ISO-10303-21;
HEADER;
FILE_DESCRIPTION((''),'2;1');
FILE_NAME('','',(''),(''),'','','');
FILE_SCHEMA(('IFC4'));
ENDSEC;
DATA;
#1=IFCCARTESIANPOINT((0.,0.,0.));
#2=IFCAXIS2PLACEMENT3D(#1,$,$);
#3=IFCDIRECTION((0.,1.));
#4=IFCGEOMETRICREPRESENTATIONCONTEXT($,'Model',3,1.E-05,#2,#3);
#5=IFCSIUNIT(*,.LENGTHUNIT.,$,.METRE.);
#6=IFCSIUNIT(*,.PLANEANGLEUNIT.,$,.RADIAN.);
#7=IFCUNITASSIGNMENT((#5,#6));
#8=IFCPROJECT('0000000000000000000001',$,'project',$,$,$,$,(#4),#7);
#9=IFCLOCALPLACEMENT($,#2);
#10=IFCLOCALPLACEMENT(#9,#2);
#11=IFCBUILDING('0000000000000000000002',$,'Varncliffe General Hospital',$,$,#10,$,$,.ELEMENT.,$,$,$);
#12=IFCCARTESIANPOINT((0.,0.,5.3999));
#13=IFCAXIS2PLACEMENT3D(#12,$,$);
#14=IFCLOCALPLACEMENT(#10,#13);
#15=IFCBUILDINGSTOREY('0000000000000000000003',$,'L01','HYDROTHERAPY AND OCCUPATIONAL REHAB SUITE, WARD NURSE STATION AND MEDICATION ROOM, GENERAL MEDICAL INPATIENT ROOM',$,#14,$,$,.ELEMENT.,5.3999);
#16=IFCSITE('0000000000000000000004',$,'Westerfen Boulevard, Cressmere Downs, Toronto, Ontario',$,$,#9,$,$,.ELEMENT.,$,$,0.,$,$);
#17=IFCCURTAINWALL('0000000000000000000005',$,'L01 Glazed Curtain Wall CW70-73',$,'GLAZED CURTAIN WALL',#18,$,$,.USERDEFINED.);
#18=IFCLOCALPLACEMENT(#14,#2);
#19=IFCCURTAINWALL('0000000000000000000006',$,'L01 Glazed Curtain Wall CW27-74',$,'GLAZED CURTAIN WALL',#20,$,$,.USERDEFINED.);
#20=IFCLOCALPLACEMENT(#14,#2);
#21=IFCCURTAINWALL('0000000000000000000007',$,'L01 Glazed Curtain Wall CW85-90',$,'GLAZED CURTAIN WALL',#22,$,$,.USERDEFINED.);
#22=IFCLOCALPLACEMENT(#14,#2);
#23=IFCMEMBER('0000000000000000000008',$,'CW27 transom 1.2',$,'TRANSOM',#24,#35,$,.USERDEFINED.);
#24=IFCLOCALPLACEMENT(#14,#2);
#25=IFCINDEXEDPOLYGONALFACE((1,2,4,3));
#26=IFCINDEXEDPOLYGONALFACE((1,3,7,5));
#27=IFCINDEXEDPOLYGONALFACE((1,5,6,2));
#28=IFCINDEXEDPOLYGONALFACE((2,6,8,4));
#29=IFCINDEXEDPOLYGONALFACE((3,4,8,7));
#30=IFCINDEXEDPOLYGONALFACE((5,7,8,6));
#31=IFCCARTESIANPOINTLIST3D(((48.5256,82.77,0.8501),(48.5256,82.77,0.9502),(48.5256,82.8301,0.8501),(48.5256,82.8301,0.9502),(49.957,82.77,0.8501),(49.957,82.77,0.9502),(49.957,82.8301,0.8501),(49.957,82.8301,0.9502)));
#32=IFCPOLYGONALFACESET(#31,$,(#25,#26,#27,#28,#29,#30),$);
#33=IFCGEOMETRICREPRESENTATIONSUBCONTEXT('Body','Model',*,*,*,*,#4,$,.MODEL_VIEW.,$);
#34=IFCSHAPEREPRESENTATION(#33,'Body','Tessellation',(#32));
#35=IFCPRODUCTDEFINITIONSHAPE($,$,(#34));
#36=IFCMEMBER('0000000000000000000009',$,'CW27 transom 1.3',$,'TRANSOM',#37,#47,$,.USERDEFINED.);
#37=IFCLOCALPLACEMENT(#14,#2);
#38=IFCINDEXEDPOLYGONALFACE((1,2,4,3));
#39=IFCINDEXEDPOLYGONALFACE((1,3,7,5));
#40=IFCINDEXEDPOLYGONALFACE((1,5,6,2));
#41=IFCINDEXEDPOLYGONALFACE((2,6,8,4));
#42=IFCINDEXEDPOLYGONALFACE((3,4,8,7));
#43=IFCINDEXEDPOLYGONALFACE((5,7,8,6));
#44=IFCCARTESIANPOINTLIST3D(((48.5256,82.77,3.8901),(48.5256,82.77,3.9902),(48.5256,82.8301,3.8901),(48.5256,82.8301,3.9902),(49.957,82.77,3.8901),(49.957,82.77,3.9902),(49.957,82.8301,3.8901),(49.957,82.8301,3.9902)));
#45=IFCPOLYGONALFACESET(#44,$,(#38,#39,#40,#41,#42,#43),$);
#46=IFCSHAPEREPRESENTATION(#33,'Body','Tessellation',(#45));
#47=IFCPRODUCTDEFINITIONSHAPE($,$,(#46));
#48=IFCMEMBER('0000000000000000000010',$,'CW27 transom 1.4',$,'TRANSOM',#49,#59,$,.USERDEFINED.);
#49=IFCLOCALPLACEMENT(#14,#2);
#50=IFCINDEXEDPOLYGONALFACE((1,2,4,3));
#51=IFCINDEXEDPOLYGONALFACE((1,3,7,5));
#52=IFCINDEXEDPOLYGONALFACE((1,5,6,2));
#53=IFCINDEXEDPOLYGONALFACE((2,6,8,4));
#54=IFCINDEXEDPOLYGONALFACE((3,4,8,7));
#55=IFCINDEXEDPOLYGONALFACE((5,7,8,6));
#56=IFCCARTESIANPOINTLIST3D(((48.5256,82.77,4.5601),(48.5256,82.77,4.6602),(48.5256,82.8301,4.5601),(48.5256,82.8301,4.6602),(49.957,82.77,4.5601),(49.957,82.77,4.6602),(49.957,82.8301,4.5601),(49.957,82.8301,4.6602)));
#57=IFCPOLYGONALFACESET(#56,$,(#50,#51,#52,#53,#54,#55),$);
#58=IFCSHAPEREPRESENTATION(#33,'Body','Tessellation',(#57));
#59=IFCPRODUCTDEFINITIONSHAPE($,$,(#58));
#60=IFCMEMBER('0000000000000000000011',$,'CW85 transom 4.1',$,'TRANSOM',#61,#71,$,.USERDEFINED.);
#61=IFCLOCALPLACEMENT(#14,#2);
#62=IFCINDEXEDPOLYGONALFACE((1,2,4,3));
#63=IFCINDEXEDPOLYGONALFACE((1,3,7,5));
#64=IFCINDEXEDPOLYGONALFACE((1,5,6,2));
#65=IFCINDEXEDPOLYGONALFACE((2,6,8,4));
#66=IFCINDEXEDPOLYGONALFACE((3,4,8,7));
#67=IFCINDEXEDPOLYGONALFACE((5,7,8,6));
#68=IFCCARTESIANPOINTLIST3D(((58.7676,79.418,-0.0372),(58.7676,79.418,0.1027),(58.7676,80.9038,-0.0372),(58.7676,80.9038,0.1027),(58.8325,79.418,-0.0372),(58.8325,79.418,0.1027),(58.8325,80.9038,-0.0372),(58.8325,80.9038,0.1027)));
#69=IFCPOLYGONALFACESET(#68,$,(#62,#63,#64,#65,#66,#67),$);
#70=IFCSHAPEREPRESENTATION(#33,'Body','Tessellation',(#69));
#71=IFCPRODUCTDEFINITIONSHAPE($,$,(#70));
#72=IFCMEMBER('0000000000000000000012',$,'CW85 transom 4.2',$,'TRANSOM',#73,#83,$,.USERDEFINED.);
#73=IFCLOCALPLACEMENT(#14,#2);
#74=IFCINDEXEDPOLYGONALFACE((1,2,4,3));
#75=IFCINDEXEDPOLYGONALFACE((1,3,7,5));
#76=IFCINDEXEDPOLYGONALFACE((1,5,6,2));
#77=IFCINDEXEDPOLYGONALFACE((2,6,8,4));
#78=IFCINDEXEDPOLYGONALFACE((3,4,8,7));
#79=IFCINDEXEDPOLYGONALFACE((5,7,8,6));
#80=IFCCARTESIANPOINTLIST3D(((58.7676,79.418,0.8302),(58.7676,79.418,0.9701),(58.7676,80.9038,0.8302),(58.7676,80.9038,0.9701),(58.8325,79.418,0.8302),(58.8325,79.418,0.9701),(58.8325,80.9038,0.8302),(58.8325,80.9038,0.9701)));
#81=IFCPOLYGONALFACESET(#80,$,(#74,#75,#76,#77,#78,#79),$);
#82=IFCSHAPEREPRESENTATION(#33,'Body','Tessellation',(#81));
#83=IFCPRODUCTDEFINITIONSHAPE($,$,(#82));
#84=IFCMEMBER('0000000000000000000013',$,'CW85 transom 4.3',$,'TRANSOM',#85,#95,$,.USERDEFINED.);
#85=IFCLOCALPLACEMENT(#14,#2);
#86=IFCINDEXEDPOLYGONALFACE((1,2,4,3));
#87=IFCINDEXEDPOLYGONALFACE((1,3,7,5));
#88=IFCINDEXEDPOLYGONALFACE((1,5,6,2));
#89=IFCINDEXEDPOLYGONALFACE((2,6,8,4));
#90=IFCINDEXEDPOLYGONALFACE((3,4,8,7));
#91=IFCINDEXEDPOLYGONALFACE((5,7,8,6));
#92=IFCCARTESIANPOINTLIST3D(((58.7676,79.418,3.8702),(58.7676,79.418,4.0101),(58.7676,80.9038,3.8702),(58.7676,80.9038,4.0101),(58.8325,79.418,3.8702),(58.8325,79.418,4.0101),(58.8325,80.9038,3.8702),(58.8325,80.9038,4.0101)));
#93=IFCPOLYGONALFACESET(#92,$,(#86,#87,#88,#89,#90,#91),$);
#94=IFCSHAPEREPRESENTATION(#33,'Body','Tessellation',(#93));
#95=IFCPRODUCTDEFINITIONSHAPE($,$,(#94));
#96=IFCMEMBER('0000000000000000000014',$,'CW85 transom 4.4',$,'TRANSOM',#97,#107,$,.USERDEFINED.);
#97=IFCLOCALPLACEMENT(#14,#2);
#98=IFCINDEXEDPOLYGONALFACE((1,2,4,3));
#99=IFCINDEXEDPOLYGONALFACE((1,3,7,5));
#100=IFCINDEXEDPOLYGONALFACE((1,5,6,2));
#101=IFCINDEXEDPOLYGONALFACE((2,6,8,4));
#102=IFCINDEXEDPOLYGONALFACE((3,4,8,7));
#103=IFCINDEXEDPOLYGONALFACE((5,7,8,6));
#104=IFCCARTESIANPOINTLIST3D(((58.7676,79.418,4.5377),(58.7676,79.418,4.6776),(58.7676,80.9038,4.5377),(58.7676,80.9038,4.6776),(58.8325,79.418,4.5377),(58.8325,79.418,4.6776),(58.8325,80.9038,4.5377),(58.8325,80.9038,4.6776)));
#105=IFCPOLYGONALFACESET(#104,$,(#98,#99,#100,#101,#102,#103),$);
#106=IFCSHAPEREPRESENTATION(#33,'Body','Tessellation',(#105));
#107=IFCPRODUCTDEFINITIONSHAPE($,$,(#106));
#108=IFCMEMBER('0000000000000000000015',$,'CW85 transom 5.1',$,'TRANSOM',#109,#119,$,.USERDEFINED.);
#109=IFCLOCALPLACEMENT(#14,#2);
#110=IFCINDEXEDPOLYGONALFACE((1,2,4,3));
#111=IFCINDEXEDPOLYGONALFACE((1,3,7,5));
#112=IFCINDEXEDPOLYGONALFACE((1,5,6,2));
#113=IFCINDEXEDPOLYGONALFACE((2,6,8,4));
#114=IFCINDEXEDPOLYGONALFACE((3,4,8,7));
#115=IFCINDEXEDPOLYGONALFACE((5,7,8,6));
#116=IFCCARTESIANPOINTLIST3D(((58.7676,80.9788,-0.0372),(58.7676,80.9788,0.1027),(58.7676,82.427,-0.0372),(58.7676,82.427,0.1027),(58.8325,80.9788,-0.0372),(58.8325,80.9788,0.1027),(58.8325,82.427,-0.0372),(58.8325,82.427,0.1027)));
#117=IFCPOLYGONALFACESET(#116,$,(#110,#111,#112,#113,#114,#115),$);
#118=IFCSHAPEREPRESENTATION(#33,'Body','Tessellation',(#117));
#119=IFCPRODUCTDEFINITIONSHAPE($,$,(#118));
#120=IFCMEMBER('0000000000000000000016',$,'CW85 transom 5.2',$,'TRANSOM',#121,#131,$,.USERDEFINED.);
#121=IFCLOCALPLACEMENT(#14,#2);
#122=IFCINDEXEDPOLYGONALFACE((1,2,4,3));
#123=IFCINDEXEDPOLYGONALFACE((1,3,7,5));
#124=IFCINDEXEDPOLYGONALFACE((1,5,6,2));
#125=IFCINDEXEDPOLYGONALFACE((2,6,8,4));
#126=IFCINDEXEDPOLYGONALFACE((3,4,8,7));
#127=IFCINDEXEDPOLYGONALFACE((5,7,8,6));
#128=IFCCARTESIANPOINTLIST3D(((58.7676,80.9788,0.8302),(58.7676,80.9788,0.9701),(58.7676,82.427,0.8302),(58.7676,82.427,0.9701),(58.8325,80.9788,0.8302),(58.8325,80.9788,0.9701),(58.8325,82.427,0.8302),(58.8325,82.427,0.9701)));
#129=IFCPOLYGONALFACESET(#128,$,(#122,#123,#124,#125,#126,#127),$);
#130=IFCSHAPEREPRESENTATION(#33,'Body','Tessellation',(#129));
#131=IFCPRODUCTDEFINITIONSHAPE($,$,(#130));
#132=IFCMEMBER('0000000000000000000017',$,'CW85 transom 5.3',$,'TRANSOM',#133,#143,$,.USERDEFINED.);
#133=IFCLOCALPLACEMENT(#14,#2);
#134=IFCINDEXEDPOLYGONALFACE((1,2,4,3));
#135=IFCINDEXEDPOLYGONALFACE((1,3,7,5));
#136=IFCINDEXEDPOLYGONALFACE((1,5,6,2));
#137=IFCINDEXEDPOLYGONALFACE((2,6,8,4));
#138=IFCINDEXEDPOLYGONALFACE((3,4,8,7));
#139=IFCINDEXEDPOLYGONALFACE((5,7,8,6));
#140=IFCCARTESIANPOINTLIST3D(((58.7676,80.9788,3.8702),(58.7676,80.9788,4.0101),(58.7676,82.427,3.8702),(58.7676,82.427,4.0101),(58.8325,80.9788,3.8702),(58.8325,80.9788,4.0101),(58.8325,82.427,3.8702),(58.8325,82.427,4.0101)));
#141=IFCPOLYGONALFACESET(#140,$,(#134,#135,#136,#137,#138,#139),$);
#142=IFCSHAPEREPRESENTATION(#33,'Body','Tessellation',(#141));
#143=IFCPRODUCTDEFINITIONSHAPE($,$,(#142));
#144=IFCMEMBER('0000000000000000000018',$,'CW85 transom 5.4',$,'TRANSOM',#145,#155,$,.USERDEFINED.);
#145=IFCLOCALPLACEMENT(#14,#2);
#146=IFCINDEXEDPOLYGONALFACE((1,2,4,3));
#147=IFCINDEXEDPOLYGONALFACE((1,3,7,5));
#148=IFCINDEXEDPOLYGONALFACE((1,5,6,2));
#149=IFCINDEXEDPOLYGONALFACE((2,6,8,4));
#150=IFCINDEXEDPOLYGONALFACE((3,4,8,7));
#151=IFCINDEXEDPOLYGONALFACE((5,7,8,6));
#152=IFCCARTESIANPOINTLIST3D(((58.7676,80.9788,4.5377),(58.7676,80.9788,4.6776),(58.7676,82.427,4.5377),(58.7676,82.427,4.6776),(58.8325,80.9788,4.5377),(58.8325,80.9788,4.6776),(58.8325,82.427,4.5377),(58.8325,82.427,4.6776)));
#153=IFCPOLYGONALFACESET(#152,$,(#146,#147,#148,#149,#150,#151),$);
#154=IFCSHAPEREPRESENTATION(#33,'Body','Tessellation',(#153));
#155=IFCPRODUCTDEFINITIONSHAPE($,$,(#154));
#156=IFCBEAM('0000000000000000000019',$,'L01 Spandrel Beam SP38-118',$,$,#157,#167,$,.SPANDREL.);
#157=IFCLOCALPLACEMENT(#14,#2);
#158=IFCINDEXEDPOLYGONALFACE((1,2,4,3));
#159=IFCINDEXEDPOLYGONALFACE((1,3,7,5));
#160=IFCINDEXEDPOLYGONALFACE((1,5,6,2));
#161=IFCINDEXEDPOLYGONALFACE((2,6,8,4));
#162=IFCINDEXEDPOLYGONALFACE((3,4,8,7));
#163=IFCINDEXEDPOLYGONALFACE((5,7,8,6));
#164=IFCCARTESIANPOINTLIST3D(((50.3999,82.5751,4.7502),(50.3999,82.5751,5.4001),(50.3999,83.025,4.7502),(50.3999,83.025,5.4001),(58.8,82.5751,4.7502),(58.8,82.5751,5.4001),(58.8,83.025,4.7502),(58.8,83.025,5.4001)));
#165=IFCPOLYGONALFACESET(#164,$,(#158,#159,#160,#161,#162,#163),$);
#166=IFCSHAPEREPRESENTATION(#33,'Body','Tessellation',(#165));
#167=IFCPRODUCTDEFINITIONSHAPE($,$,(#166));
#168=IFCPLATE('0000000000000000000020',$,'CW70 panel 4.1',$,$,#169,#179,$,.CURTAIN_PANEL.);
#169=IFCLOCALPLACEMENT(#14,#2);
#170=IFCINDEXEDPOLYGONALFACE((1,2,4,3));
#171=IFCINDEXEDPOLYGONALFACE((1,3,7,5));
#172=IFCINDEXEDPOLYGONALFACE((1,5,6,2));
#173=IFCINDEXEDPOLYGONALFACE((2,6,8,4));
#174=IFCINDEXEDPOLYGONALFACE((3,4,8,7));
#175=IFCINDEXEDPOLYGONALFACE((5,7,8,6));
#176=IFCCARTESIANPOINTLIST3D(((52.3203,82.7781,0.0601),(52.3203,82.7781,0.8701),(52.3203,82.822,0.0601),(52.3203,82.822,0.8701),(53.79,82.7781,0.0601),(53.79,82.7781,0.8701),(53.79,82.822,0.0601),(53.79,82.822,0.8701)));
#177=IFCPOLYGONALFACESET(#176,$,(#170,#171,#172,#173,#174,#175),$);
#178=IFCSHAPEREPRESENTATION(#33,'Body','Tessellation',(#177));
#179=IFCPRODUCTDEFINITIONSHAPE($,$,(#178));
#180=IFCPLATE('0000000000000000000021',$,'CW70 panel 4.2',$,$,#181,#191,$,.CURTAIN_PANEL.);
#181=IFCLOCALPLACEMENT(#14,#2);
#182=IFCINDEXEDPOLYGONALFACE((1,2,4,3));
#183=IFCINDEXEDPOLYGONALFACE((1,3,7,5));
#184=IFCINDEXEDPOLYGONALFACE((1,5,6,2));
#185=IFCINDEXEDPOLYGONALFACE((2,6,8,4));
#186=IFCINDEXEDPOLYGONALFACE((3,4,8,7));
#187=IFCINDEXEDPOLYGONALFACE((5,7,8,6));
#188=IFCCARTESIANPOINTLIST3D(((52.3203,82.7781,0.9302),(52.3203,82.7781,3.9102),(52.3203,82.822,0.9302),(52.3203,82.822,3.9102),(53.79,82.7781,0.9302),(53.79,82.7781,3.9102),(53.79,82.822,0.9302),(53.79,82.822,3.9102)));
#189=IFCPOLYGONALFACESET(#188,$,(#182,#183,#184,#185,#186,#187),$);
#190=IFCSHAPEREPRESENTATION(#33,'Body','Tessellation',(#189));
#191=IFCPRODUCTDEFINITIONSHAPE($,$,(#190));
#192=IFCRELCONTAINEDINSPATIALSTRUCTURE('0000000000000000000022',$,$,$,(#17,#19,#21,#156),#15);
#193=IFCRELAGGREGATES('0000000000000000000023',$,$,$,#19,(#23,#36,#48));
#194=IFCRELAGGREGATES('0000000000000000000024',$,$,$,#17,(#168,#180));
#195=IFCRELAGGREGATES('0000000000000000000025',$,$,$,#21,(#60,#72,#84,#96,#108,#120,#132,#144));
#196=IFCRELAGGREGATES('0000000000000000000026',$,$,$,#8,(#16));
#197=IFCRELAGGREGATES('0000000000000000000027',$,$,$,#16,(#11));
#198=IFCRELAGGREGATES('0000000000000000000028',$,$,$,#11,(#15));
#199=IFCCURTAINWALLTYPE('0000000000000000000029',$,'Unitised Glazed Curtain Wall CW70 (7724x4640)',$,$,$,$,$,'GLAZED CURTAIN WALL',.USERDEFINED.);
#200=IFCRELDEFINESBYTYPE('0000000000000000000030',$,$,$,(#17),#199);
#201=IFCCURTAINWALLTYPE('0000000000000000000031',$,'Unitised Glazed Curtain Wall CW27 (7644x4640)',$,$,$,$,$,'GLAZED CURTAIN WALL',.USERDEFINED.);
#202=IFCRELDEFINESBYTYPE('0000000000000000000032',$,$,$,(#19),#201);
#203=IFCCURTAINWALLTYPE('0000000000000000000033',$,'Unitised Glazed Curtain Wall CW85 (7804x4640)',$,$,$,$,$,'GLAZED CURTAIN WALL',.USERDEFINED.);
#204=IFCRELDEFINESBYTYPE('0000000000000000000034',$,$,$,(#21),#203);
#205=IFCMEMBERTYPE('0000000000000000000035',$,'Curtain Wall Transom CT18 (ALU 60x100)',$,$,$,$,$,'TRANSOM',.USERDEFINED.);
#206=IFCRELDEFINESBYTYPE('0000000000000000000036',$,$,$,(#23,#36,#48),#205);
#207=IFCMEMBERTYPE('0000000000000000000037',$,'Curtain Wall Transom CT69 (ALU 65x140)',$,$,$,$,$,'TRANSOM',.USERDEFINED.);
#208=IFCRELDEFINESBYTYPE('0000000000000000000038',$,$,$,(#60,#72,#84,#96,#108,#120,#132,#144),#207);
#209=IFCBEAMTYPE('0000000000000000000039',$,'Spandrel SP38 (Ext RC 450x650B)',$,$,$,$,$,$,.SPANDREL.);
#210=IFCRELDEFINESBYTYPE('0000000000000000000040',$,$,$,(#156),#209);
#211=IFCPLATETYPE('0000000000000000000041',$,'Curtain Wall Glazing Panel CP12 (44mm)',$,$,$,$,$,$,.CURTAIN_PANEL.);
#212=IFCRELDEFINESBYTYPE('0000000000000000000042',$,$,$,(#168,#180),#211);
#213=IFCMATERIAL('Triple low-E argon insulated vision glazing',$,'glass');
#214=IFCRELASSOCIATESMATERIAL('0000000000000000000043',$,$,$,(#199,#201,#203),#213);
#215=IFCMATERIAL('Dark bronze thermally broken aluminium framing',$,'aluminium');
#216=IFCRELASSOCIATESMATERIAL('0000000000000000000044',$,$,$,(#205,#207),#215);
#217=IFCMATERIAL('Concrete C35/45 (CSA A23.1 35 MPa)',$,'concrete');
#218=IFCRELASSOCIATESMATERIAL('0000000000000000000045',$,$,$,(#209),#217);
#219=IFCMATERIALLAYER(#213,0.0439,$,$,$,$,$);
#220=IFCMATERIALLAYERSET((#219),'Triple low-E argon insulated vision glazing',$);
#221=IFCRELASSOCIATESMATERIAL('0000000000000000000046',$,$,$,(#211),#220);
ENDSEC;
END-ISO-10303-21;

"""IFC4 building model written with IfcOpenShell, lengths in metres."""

from ifc_helpers import new_model, si_unit, direction, frame, origin, origin_2d, place, context, subcontext, project, spatial, rectangle, extrude, material, layer, layer_set, material_profile, profile_set, type_object, element, aggregate, save


model = new_model("IFC4")

# Units and contexts
model_context = context("Model", 3, precision=1e-05, world=origin(), true_north=direction((0.0, 1.0)))
body_context = subcontext(model_context, "Body", "Model", "MODEL_VIEW")
ifc_project = project(units=[si_unit("LENGTHUNIT", "METRE"), si_unit("PLANEANGLEUNIT", "RADIAN")], contexts=[model_context])

# Site, building, storey
site_placement = place(None, origin())
site = spatial("IfcSite", under=ifc_project, at=site_placement, Name="Westerfen Boulevard, Cressmere Downs, Toronto, Ontario", CompositionType="ELEMENT", RefElevation=0.0)
building_placement = place(site_placement, origin())
building = spatial("IfcBuilding", under=site, at=building_placement, Name="Varncliffe General Hospital", CompositionType="ELEMENT")
storey_placement = place(building_placement, frame((0.0, 0.0, 5.3999)))
storey = spatial("IfcBuildingStorey", under=building, at=storey_placement, Name="L01", Description="HYDROTHERAPY AND OCCUPATIONAL REHAB SUITE, WARD NURSE STATION AND MEDICATION ROOM, GENERAL MEDICAL INPATIENT ROOM", CompositionType="ELEMENT", Elevation=5.3999)

# Shared definitions
ifc_material_1 = material(Name="Concrete C35/45 (CSA A23.1 35 MPa)", Category="concrete")

# Curtain wall
ifc_material_2 = material(Name="Triple low-E argon insulated vision glazing", Category="glass")
curtain_wall_type_1 = type_object("IfcCurtainWallType", Name="Unitised Glazed Curtain Wall CW70 (7724x4640)", ElementType="GLAZED CURTAIN WALL", PredefinedType="USERDEFINED", material=ifc_material_2)
curtain_wall_1_placement = place(storey_placement, origin())
curtain_wall_1 = element("IfcCurtainWall", 1, at=curtain_wall_1_placement, inside=storey, type_object=curtain_wall_type_1, Name="L01 Glazed Curtain Wall CW70-73", ObjectType="GLAZED CURTAIN WALL", PredefinedType="USERDEFINED")
ifc_material_3 = material(Name="Dark bronze thermally broken aluminium framing", Category="aluminium")

# Curtain wall
curtain_wall_type_2 = type_object("IfcCurtainWallType", Name="Unitised Glazed Curtain Wall CW27 (7644x4640)", ElementType="GLAZED CURTAIN WALL", PredefinedType="USERDEFINED", material=ifc_material_2)
curtain_wall_2_placement = place(storey_placement, origin())
curtain_wall_2 = element("IfcCurtainWall", 2, at=curtain_wall_2_placement, inside=storey, type_object=curtain_wall_type_2, Name="L01 Glazed Curtain Wall CW27-74", ObjectType="GLAZED CURTAIN WALL", PredefinedType="USERDEFINED")

# Curtain wall
curtain_wall_type_3 = type_object("IfcCurtainWallType", Name="Unitised Glazed Curtain Wall CW85 (7804x4640)", ElementType="GLAZED CURTAIN WALL", PredefinedType="USERDEFINED", material=ifc_material_2)
curtain_wall_3_placement = place(storey_placement, origin())
curtain_wall_3 = element("IfcCurtainWall", 3, at=curtain_wall_3_placement, inside=storey, type_object=curtain_wall_type_3, Name="L01 Glazed Curtain Wall CW85-90", ObjectType="GLAZED CURTAIN WALL", PredefinedType="USERDEFINED")

# Members
ifc_material_profile_1 = material_profile(ifc_material_3, rectangle(XDim=0.0601, YDim=0.1001, at=origin_2d()), Name="ALU 60x100")
ifc_profile_set_1 = profile_set([ifc_material_profile_1], Name="Dark bronze thermally broken aluminium framing")
member_type_1 = type_object("IfcMemberType", Name="Curtain Wall Transom CT18 (ALU 60x100)", ElementType="TRANSOM", PredefinedType="USERDEFINED", material=ifc_profile_set_1)
member_1_placement = place(storey_placement, frame((49.957, 82.8, 0.9001), z_axis=(-1.0, 0.0, 0.0), x_axis=(0.0, -1.0, 0.0)))
member_1 = element("IfcMember", 4, at=member_1_placement, type_object=member_type_1, Name="CW27 transom 1.2", ObjectType="TRANSOM", PredefinedType="USERDEFINED", context=body_context, shape_type="SweptSolid", body=[
    extrude(rectangle(XDim=0.0601, YDim=0.1001, at=origin_2d()), origin(), (0.0, 0.0, 1.0), 1.4314),
])
member_2_placement = place(storey_placement, frame((49.957, 82.8, 3.9402), z_axis=(-1.0, 0.0, 0.0), x_axis=(0.0, -1.0, 0.0)))
member_2 = element("IfcMember", 5, at=member_2_placement, type_object=member_type_1, Name="CW27 transom 1.3", ObjectType="TRANSOM", PredefinedType="USERDEFINED", context=body_context, shape_type="SweptSolid", body=[
    extrude(rectangle(XDim=0.0601, YDim=0.1001, at=origin_2d()), origin(), (0.0, 0.0, 1.0), 1.4314),
])
member_3_placement = place(storey_placement, frame((49.957, 82.8, 4.6101), z_axis=(-1.0, 0.0, 0.0), x_axis=(0.0, -1.0, 0.0)))
member_3 = element("IfcMember", 6, at=member_3_placement, type_object=member_type_1, Name="CW27 transom 1.4", ObjectType="TRANSOM", PredefinedType="USERDEFINED", context=body_context, shape_type="SweptSolid", body=[
    extrude(rectangle(XDim=0.0601, YDim=0.1001, at=origin_2d()), origin(), (0.0, 0.0, 1.0), 1.4314),
])
aggregate(curtain_wall_2, [member_1, member_2, member_3])
ifc_material_profile_2 = material_profile(ifc_material_3, rectangle(XDim=0.0649, YDim=0.1399, at=origin_2d()), Name="ALU 65x140")
ifc_profile_set_2 = profile_set([ifc_material_profile_2], Name="Dark bronze thermally broken aluminium framing")
member_type_2 = type_object("IfcMemberType", Name="Curtain Wall Transom CT69 (ALU 65x140)", ElementType="TRANSOM", PredefinedType="USERDEFINED", material=ifc_profile_set_2)
member_4_placement = place(storey_placement, frame((58.8, 79.418, 0.0327), z_axis=(0.0, 1.0, 0.0), x_axis=(-1.0, 0.0, 0.0)))
member_4 = element("IfcMember", 7, at=member_4_placement, type_object=member_type_2, Name="CW85 transom 4.1", ObjectType="TRANSOM", PredefinedType="USERDEFINED", context=body_context, shape_type="SweptSolid", body=[
    extrude(rectangle(XDim=0.0649, YDim=0.1399, at=origin_2d()), origin(), (0.0, 0.0, 1.0), 1.4858),
])
member_5_placement = place(storey_placement, frame((58.8, 79.418, 0.9001), z_axis=(0.0, 1.0, 0.0), x_axis=(-1.0, 0.0, 0.0)))
member_5 = element("IfcMember", 8, at=member_5_placement, type_object=member_type_2, Name="CW85 transom 4.2", ObjectType="TRANSOM", PredefinedType="USERDEFINED", context=body_context, shape_type="SweptSolid", body=[
    extrude(rectangle(XDim=0.0649, YDim=0.1399, at=origin_2d()), origin(), (0.0, 0.0, 1.0), 1.4858),
])
member_6_placement = place(storey_placement, frame((58.8, 79.418, 3.9402), z_axis=(0.0, 1.0, 0.0), x_axis=(-1.0, 0.0, 0.0)))
member_6 = element("IfcMember", 9, at=member_6_placement, type_object=member_type_2, Name="CW85 transom 4.3", ObjectType="TRANSOM", PredefinedType="USERDEFINED", context=body_context, shape_type="SweptSolid", body=[
    extrude(rectangle(XDim=0.0649, YDim=0.1399, at=origin_2d()), origin(), (0.0, 0.0, 1.0), 1.4858),
])
member_7_placement = place(storey_placement, frame((58.8, 79.418, 4.6077), z_axis=(0.0, 1.0, 0.0), x_axis=(-1.0, 0.0, 0.0)))
member_7 = element("IfcMember", 10, at=member_7_placement, type_object=member_type_2, Name="CW85 transom 4.4", ObjectType="TRANSOM", PredefinedType="USERDEFINED", context=body_context, shape_type="SweptSolid", body=[
    extrude(rectangle(XDim=0.0649, YDim=0.1399, at=origin_2d()), origin(), (0.0, 0.0, 1.0), 1.4858),
])
member_8_placement = place(storey_placement, frame((58.8, 80.9788, 0.0327), z_axis=(0.0, 1.0, 0.0), x_axis=(-1.0, 0.0, 0.0)))
member_8 = element("IfcMember", 11, at=member_8_placement, type_object=member_type_2, Name="CW85 transom 5.1", ObjectType="TRANSOM", PredefinedType="USERDEFINED", context=body_context, shape_type="SweptSolid", body=[
    extrude(rectangle(XDim=0.0649, YDim=0.1399, at=origin_2d()), origin(), (0.0, 0.0, 1.0), 1.4482),
])
member_9_placement = place(storey_placement, frame((58.8, 80.9788, 0.9001), z_axis=(0.0, 1.0, 0.0), x_axis=(-1.0, 0.0, 0.0)))
member_9 = element("IfcMember", 12, at=member_9_placement, type_object=member_type_2, Name="CW85 transom 5.2", ObjectType="TRANSOM", PredefinedType="USERDEFINED", context=body_context, shape_type="SweptSolid", body=[
    extrude(rectangle(XDim=0.0649, YDim=0.1399, at=origin_2d()), origin(), (0.0, 0.0, 1.0), 1.4482),
])
member_10_placement = place(storey_placement, frame((58.8, 80.9788, 3.9402), z_axis=(0.0, 1.0, 0.0), x_axis=(-1.0, 0.0, 0.0)))
member_10 = element("IfcMember", 13, at=member_10_placement, type_object=member_type_2, Name="CW85 transom 5.3", ObjectType="TRANSOM", PredefinedType="USERDEFINED", context=body_context, shape_type="SweptSolid", body=[
    extrude(rectangle(XDim=0.0649, YDim=0.1399, at=origin_2d()), origin(), (0.0, 0.0, 1.0), 1.4482),
])
member_11_placement = place(storey_placement, frame((58.8, 80.9788, 4.6077), z_axis=(0.0, 1.0, 0.0), x_axis=(-1.0, 0.0, 0.0)))
member_11 = element("IfcMember", 14, at=member_11_placement, type_object=member_type_2, Name="CW85 transom 5.4", ObjectType="TRANSOM", PredefinedType="USERDEFINED", context=body_context, shape_type="SweptSolid", body=[
    extrude(rectangle(XDim=0.0649, YDim=0.1399, at=origin_2d()), origin(), (0.0, 0.0, 1.0), 1.4482),
])

# Beam
ifc_material_profile_3 = material_profile(ifc_material_1, rectangle(XDim=0.45, YDim=0.6499, at=origin_2d()), Name="RC 450x650")
ifc_profile_set_3 = profile_set([ifc_material_profile_3], Name="Concrete C35/45 (CSA A23.1 35 MPa)")
beam_type_1 = type_object("IfcBeamType", Name="Spandrel SP38 (Ext RC 450x650B)", PredefinedType="SPANDREL", material=ifc_profile_set_3)
beam_1_placement = place(storey_placement, frame((50.3999, 82.8, 5.0752), z_axis=(1.0, 0.0, 0.0), x_axis=(0.0, 1.0, 0.0)))
element("IfcBeam", 15, at=beam_1_placement, inside=storey, type_object=beam_type_1, Name="L01 Spandrel Beam SP38-118", PredefinedType="SPANDREL", context=body_context, shape_type="SweptSolid", body=[
    extrude(rectangle(XDim=0.45, YDim=0.6499, at=origin_2d()), origin(), (0.0, 0.0, 1.0), 8.4001),
])

# Plates
ifc_layer_1 = layer(ifc_material_2, 0.0439)
ifc_layer_set_1 = layer_set([ifc_layer_1], Name="Triple low-E argon insulated vision glazing")
plate_type_1 = type_object("IfcPlateType", Name="Curtain Wall Glazing Panel CP12 (44mm)", PredefinedType="CURTAIN_PANEL", material=ifc_layer_set_1)
plate_1_placement = place(storey_placement, frame((53.0552, 82.8, 0.0601), z_axis=(0.0, 0.0, 1.0), x_axis=(-1.0, 0.0, 0.0)))
plate_1 = element("IfcPlate", 16, at=plate_1_placement, type_object=plate_type_1, Name="CW70 panel 4.1", PredefinedType="CURTAIN_PANEL", context=body_context, shape_type="SweptSolid", body=[
    extrude(rectangle(XDim=1.4697, YDim=0.0439, at=origin_2d()), origin(), (0.0, 0.0, 1.0), 0.8101),
])
plate_2_placement = place(storey_placement, frame((53.0552, 82.8, 0.9302), z_axis=(0.0, 0.0, 1.0), x_axis=(-1.0, 0.0, 0.0)))
plate_2 = element("IfcPlate", 17, at=plate_2_placement, type_object=plate_type_1, Name="CW70 panel 4.2", PredefinedType="CURTAIN_PANEL", context=body_context, shape_type="SweptSolid", body=[
    extrude(rectangle(XDim=1.4697, YDim=0.0439, at=origin_2d()), origin(), (0.0, 0.0, 1.0), 2.98),
])
aggregate(curtain_wall_1, [plate_1, plate_2])
aggregate(curtain_wall_3, [member_4, member_5, member_6, member_7, member_8, member_9, member_10, member_11])

save(model, "model.ifc")
